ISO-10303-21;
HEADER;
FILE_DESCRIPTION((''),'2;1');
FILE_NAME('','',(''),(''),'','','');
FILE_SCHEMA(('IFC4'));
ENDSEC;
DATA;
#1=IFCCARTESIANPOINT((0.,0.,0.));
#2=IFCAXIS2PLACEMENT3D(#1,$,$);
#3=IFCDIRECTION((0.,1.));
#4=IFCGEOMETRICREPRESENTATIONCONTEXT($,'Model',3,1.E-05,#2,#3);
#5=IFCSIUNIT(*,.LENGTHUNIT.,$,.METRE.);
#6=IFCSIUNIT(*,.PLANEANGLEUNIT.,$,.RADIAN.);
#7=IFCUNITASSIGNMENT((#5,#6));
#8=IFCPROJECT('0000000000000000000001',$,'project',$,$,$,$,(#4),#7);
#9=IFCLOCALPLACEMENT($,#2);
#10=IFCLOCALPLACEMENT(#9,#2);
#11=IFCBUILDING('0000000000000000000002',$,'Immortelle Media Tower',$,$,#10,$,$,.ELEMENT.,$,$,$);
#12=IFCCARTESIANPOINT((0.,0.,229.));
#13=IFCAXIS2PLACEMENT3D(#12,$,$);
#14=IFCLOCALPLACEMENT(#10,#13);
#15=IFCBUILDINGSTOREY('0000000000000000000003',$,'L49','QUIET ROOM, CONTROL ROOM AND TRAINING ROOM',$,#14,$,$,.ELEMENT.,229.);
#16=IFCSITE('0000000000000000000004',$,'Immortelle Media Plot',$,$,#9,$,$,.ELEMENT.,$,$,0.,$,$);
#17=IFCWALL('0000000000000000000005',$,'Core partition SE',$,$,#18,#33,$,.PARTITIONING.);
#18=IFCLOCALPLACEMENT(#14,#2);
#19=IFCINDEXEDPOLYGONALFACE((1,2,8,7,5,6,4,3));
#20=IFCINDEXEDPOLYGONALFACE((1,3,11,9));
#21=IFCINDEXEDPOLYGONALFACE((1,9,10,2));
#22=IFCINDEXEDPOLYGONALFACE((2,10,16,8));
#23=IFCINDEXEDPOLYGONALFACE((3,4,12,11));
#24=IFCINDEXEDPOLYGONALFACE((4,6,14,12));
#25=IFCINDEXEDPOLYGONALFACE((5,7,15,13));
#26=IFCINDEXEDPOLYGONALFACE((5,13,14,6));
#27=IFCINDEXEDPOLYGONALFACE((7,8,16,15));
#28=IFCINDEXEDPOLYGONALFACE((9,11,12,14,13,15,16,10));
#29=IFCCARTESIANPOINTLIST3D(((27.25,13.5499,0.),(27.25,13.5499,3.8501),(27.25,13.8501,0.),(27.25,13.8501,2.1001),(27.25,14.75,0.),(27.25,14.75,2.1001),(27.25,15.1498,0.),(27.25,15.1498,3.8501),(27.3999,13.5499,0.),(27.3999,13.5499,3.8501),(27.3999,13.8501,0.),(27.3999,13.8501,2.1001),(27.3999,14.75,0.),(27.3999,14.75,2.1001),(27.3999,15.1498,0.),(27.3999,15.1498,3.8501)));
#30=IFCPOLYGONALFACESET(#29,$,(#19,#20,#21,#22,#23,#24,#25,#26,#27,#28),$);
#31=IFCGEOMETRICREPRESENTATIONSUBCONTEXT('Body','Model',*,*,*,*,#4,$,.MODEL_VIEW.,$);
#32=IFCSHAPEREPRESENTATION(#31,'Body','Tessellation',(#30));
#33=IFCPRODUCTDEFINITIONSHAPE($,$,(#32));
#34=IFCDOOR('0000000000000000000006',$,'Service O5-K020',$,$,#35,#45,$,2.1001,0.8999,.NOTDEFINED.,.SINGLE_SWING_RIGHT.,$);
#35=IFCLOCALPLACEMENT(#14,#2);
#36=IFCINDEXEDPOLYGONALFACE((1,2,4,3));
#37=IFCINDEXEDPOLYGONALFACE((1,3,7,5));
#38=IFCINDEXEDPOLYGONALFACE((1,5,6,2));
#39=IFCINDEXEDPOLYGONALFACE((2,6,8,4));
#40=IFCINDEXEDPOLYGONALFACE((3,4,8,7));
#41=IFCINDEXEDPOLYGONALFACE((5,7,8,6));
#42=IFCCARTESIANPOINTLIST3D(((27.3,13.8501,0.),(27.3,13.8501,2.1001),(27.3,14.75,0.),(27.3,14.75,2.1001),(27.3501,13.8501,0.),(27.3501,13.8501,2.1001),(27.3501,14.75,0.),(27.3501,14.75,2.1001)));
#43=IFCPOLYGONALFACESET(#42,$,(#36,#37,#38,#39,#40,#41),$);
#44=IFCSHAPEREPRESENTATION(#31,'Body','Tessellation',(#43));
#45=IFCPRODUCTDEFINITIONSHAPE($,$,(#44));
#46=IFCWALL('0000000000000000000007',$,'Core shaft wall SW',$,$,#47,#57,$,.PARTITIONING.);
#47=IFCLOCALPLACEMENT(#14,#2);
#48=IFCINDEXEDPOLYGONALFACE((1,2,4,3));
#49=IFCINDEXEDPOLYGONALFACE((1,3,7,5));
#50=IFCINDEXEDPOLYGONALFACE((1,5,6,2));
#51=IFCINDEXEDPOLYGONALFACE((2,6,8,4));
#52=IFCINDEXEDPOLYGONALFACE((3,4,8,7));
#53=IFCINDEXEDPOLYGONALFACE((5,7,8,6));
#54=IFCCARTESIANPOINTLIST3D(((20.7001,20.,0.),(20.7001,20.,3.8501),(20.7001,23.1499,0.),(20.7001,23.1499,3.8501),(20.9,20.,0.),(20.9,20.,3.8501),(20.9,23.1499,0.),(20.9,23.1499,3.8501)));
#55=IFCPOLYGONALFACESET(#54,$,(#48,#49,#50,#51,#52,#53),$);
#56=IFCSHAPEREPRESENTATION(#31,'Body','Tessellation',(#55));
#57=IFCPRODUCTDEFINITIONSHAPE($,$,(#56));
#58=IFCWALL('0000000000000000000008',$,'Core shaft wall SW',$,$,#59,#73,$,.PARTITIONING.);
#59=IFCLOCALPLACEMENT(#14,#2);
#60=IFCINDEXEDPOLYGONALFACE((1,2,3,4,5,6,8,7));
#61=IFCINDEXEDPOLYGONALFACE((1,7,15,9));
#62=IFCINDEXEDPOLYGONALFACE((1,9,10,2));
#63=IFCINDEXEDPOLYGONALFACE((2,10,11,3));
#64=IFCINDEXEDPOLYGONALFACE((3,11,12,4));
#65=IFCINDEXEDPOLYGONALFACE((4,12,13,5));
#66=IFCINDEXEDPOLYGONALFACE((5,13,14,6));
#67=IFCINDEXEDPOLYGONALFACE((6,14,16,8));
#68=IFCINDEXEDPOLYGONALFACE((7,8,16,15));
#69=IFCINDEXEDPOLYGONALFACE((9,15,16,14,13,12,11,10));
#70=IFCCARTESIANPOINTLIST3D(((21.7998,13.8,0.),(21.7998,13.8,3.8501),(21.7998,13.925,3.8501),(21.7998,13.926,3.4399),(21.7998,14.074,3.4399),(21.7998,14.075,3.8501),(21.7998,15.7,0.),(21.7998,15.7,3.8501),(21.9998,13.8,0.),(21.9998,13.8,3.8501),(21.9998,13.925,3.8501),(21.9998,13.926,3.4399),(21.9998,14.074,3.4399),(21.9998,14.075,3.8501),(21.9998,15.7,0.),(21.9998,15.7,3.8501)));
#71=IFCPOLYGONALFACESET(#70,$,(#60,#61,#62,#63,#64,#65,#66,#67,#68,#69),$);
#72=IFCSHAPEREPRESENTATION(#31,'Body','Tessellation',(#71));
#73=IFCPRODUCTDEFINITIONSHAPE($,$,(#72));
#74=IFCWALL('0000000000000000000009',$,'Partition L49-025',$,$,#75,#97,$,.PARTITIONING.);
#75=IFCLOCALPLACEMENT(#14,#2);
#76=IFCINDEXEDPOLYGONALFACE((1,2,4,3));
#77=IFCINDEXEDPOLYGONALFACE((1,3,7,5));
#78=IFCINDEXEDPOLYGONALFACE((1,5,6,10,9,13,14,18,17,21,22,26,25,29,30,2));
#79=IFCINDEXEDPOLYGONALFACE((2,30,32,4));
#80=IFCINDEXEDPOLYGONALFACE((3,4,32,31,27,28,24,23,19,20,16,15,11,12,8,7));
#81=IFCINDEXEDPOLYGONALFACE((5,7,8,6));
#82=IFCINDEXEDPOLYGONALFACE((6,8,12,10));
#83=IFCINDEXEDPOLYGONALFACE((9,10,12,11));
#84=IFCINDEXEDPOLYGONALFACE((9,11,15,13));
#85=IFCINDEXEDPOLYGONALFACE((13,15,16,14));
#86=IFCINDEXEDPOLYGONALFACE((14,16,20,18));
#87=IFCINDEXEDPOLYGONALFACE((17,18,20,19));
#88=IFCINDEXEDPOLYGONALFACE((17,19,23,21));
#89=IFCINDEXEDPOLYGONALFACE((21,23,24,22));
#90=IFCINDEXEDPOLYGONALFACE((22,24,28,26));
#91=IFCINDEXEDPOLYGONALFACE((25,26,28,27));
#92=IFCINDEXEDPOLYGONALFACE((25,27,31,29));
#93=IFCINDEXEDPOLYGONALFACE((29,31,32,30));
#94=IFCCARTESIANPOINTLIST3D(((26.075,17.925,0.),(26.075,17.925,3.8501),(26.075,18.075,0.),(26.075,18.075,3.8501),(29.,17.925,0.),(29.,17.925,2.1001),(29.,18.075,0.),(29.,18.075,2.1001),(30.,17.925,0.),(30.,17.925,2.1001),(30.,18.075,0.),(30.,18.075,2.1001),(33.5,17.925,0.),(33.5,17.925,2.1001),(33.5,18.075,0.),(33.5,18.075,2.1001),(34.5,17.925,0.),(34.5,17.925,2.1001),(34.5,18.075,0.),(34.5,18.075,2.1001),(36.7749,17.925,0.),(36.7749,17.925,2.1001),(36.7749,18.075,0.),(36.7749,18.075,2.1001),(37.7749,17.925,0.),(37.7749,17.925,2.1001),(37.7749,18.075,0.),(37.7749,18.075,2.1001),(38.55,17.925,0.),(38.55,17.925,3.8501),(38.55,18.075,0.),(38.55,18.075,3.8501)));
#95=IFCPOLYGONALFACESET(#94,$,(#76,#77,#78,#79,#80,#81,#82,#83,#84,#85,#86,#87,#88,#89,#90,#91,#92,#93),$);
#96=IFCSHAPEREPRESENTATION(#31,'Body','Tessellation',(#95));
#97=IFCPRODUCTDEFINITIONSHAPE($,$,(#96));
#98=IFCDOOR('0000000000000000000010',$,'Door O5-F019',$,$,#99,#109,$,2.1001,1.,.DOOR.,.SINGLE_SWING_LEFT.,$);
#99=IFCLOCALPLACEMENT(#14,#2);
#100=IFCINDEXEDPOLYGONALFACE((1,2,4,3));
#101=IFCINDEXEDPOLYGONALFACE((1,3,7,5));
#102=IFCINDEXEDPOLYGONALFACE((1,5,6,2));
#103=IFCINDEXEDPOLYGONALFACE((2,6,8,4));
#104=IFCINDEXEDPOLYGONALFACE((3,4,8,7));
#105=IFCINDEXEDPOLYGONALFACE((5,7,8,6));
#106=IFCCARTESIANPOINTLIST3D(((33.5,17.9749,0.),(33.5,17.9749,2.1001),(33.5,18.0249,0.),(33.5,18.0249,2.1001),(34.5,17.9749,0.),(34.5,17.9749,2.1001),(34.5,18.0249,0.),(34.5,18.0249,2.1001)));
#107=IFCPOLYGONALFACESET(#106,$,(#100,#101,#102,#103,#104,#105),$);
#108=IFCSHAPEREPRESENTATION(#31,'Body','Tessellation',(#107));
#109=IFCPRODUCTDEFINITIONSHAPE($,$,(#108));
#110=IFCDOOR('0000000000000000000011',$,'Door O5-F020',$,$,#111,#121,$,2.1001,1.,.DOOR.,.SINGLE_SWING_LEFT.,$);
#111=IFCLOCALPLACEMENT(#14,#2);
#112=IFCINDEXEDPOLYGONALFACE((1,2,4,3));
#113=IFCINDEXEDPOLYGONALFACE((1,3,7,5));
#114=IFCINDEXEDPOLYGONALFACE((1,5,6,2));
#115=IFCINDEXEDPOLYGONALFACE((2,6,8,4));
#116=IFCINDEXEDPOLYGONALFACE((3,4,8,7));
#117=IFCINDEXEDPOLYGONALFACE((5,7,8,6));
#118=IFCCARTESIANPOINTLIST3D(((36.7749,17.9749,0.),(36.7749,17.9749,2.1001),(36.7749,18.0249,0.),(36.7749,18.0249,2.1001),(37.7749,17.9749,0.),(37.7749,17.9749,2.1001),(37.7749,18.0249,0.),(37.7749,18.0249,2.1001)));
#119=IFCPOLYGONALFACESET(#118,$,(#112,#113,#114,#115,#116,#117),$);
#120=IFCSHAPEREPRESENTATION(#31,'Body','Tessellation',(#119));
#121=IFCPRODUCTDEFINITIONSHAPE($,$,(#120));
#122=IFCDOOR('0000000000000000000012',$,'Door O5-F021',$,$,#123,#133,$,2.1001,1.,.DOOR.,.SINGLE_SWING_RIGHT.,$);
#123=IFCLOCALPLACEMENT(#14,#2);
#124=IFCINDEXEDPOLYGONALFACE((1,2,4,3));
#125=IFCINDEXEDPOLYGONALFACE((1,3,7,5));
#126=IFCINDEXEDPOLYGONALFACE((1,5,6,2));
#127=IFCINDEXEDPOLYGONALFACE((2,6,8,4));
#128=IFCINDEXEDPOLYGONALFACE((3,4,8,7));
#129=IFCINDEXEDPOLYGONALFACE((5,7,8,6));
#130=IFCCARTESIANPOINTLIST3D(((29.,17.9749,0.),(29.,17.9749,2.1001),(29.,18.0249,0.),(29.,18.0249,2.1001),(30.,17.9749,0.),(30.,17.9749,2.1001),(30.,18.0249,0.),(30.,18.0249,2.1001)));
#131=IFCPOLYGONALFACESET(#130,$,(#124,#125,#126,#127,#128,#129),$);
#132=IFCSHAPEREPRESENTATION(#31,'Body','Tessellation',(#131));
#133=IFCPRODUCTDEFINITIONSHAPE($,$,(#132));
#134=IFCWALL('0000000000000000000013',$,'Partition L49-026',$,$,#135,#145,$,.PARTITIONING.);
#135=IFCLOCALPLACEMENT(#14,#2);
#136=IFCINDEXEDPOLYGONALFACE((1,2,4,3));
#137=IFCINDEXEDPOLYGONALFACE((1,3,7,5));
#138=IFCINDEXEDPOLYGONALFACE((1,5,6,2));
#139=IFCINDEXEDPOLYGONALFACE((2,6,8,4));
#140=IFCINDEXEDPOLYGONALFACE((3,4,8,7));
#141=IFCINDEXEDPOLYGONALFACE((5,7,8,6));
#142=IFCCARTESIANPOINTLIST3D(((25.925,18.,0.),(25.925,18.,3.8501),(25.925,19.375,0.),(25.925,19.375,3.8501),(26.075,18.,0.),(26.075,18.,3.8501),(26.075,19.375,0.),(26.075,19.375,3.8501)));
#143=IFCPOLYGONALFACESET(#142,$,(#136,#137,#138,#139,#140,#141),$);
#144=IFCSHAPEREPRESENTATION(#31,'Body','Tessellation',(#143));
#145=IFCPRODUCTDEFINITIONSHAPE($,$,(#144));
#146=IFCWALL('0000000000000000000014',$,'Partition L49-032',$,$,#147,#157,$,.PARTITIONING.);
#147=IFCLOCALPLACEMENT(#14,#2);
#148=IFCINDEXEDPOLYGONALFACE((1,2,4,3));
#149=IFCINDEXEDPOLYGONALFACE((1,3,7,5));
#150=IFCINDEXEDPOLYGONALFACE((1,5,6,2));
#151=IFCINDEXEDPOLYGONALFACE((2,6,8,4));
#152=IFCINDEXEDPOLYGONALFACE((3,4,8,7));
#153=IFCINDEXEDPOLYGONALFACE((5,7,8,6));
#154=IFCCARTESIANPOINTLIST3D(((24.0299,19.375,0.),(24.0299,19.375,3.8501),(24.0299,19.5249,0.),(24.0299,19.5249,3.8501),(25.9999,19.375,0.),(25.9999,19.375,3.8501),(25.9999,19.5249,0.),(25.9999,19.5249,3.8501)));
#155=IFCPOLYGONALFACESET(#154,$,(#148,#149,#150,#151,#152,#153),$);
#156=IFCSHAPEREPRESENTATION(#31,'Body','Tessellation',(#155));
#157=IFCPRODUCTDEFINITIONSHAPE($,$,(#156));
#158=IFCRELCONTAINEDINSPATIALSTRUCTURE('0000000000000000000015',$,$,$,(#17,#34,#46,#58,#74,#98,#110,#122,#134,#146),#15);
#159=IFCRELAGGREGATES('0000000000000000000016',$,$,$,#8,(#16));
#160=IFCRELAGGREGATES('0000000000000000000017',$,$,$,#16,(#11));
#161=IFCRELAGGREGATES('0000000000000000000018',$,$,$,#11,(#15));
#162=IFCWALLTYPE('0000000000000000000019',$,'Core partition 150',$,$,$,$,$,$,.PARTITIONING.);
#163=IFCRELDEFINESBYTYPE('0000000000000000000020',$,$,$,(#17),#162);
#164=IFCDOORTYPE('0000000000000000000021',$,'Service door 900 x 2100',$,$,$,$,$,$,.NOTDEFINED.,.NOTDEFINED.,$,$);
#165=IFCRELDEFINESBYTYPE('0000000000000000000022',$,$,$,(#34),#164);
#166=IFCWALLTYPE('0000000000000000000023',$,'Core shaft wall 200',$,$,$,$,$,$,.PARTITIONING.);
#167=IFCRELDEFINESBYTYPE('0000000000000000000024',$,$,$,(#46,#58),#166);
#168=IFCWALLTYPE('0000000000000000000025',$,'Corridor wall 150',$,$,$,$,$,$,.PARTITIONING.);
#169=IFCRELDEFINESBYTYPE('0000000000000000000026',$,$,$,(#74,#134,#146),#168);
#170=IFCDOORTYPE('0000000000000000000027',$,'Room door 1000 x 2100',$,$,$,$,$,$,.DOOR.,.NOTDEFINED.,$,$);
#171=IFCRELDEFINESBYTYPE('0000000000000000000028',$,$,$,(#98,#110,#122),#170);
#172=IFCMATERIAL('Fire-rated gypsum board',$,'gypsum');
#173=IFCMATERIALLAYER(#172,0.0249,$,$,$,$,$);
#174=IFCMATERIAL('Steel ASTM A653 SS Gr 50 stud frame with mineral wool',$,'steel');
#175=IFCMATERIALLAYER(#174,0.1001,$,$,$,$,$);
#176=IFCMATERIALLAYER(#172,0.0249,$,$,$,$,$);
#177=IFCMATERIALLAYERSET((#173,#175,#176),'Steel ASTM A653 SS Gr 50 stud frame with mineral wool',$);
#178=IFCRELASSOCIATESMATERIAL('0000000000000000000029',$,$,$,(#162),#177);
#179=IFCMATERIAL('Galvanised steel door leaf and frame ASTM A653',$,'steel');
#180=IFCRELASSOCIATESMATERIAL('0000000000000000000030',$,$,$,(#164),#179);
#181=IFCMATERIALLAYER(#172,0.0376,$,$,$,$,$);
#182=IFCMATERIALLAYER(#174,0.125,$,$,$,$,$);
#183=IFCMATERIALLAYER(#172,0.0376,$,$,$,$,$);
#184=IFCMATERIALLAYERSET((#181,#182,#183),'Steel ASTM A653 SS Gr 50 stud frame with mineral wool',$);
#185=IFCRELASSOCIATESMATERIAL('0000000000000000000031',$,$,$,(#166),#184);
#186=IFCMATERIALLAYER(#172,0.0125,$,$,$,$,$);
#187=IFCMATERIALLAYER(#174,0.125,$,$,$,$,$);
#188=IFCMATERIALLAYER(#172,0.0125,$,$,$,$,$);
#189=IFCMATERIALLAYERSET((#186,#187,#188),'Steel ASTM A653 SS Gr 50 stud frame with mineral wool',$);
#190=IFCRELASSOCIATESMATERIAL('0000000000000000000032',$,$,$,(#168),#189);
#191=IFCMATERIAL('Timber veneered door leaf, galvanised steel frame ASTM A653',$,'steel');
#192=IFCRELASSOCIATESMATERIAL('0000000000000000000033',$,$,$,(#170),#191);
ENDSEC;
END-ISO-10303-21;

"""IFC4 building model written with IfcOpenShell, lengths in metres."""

from ifc_helpers import new_model, si_unit, direction, frame, frame_2d, origin, place, context, subcontext, project, spatial, polyline, rectangle, outline, extrude, material, layer, layer_set, type_object, element, fill, save


model = new_model("IFC4")

# Units and contexts
model_context = context("Model", 3, precision=1e-05, world=origin(), true_north=direction((0.0, 1.0)))
body_context = subcontext(model_context, "Body", "Model", "MODEL_VIEW")
ifc_project = project(units=[si_unit("LENGTHUNIT", "METRE"), si_unit("PLANEANGLEUNIT", "RADIAN")], contexts=[model_context])

# Site, building, storey
site_placement = place(None, origin())
site = spatial("IfcSite", under=ifc_project, at=site_placement, Name="Immortelle Media Plot", CompositionType="ELEMENT", RefElevation=0.0)
building_placement = place(site_placement, origin())
building = spatial("IfcBuilding", under=site, at=building_placement, Name="Immortelle Media Tower", CompositionType="ELEMENT")
storey_placement = place(building_placement, frame((0.0, 0.0, 229.0)))
storey = spatial("IfcBuildingStorey", under=building, at=storey_placement, Name="L49", Description="QUIET ROOM, CONTROL ROOM AND TRAINING ROOM", CompositionType="ELEMENT", Elevation=229.0)

# Shared definitions
ifc_material_1 = material(Name="Fire-rated gypsum board", Category="gypsum")
ifc_layer_1 = layer(ifc_material_1, 0.0249)
ifc_material_2 = material(Name="Steel ASTM A653 SS Gr 50 stud frame with mineral wool", Category="steel")
ifc_layer_2 = layer(ifc_material_2, 0.1001)
ifc_layer_3 = layer(ifc_material_1, 0.0249)
ifc_layer_set_1 = layer_set([ifc_layer_1, ifc_layer_2, ifc_layer_3], Name="Steel ASTM A653 SS Gr 50 stud frame with mineral wool")
wall_type_1 = type_object("IfcWallType", Name="Core partition 150", PredefinedType="PARTITIONING", material=ifc_layer_set_1)

# Wall, opening, door
wall_1_placement = place(storey_placement, frame((27.325, 13.55, 0.0), z_axis=(0.0, 0.0, 1.0), x_axis=(0.0, 1.0, 0.0)))
wall_1 = element("IfcWall", 1, at=wall_1_placement, inside=storey, type_object=wall_type_1, Name="Core partition SE", PredefinedType="PARTITIONING", context=body_context, shape_type="SweptSolid", body=[
    extrude(rectangle(XDim=1.5999, YDim=0.1499, at=frame_2d((0.7998, 0.0))), origin(), (0.0, 0.0, 1.0), 3.8501),
])
opening_1_placement = place(wall_1_placement, frame((0.3, 0.0, 0.0)))
opening_1 = element("IfcOpeningElement", 2, at=opening_1_placement, cuts=wall_1, PredefinedType="OPENING", context=body_context, shape_type="SweptSolid", body=[
    extrude(rectangle(XDim=0.8999, YDim=2.1001, at=frame_2d((0.45, 1.05))), frame((0.0, 0.085, 0.0), z_axis=(0.0, -1.0, 0.0), x_axis=(1.0, 0.0, 0.0)), (0.0, 0.0, 1.0), 0.1699),
])
ifc_material_3 = material(Name="Galvanised steel door leaf and frame ASTM A653", Category="steel")
door_type_1 = type_object("IfcDoorType", Name="Service door 900 x 2100", OperationType="NOTDEFINED", PredefinedType="NOTDEFINED", material=ifc_material_3)
door_1_placement = place(opening_1_placement, origin())
door_1 = element("IfcDoor", 3, at=door_1_placement, inside=storey, type_object=door_type_1, Name="Service O5-K020", OperationType="SINGLE_SWING_RIGHT", OverallHeight=2.1001, OverallWidth=0.8999, PredefinedType="NOTDEFINED", context=body_context, shape_type="SweptSolid", body=[
    extrude(rectangle(XDim=0.8999, YDim=2.1001, at=frame_2d((0.45, 1.05))), frame((0.0, 0.0249, 0.0), z_axis=(0.0, -1.0, 0.0), x_axis=(1.0, 0.0, 0.0)), (0.0, 0.0, 1.0), 0.05),
])
fill(opening_1, door_1)

# Walls
ifc_layer_4 = layer(ifc_material_1, 0.0376)
ifc_layer_5 = layer(ifc_material_2, 0.125)
ifc_layer_6 = layer(ifc_material_1, 0.0376)
ifc_layer_set_2 = layer_set([ifc_layer_4, ifc_layer_5, ifc_layer_6], Name="Steel ASTM A653 SS Gr 50 stud frame with mineral wool")
wall_type_2 = type_object("IfcWallType", Name="Core shaft wall 200", PredefinedType="PARTITIONING", material=ifc_layer_set_2)
wall_2_placement = place(storey_placement, frame((20.8, 20.0, 0.0), z_axis=(0.0, 0.0, 1.0), x_axis=(0.0, 1.0, 0.0)))
element("IfcWall", 4, at=wall_2_placement, inside=storey, type_object=wall_type_2, Name="Core shaft wall SW", PredefinedType="PARTITIONING", context=body_context, shape_type="SweptSolid", body=[
    extrude(rectangle(XDim=3.1499, YDim=0.2, at=frame_2d((1.575, 0.0))), origin(), (0.0, 0.0, 1.0), 3.8501),
])
wall_3_placement = place(storey_placement, frame((21.8999, 13.8, 0.0), z_axis=(0.0, 0.0, 1.0), x_axis=(0.0, 1.0, 0.0)))
element("IfcWall", 5, at=wall_3_placement, inside=storey, type_object=wall_type_2, Name="Core shaft wall SW", PredefinedType="PARTITIONING", context=body_context, shape_type="SweptSolid", body=[
    extrude(outline(polyline([(0.0, 0.0), (1.8999, 0.0), (1.8999, 3.8501), (0.2749, 3.8501), (0.2739, 3.4399), (0.126, 3.4399), (0.125, 3.8501), (0.0, 3.8501), (0.0, 0.0)])), frame((0.0, 0.1001, 0.0), z_axis=(0.0, -1.0, 0.0), x_axis=(1.0, 0.0, 0.0)), (0.0, 0.0, 1.0), 0.2),
])

# Wall, openings, doors
ifc_layer_7 = layer(ifc_material_1, 0.0125)
ifc_layer_8 = layer(ifc_material_2, 0.125)
ifc_layer_9 = layer(ifc_material_1, 0.0125)
ifc_layer_set_3 = layer_set([ifc_layer_7, ifc_layer_8, ifc_layer_9], Name="Steel ASTM A653 SS Gr 50 stud frame with mineral wool")
wall_type_3 = type_object("IfcWallType", Name="Corridor wall 150", PredefinedType="PARTITIONING", material=ifc_layer_set_3)
wall_4_placement = place(storey_placement, frame((26.075, 18.0, 0.0), z_axis=(0.0, 0.0, 1.0), x_axis=(1.0, 0.0, 0.0)))
wall_4 = element("IfcWall", 6, at=wall_4_placement, inside=storey, type_object=wall_type_3, Name="Partition L49-025", PredefinedType="PARTITIONING", context=body_context, shape_type="SweptSolid", body=[
    extrude(rectangle(XDim=12.4751, YDim=0.1499, at=frame_2d((6.2375, 0.0))), origin(), (0.0, 0.0, 1.0), 3.8501),
])
opening_2_placement = place(wall_4_placement, frame((7.425, 0.0, 0.0)))
opening_2 = element("IfcOpeningElement", 7, at=opening_2_placement, cuts=wall_4, PredefinedType="OPENING", context=body_context, shape_type="SweptSolid", body=[
    extrude(rectangle(XDim=1.0, YDim=2.1001, at=frame_2d((0.5, 1.05))), frame((0.0, 0.085, 0.0), z_axis=(0.0, -1.0, 0.0), x_axis=(1.0, 0.0, 0.0)), (0.0, 0.0, 1.0), 0.1699),
])
opening_3_placement = place(wall_4_placement, frame((10.7, 0.0, 0.0)))
opening_3 = element("IfcOpeningElement", 8, at=opening_3_placement, cuts=wall_4, PredefinedType="OPENING", context=body_context, shape_type="SweptSolid", body=[
    extrude(rectangle(XDim=1.0, YDim=2.1001, at=frame_2d((0.5, 1.05))), frame((0.0, 0.085, 0.0), z_axis=(0.0, -1.0, 0.0), x_axis=(1.0, 0.0, 0.0)), (0.0, 0.0, 1.0), 0.1699),
])
opening_4_placement = place(wall_4_placement, frame((2.925, 0.0, 0.0)))
opening_4 = element("IfcOpeningElement", 9, at=opening_4_placement, cuts=wall_4, PredefinedType="OPENING", context=body_context, shape_type="SweptSolid", body=[
    extrude(rectangle(XDim=1.0, YDim=2.1001, at=frame_2d((0.5, 1.05))), frame((0.0, 0.085, 0.0), z_axis=(0.0, -1.0, 0.0), x_axis=(1.0, 0.0, 0.0)), (0.0, 0.0, 1.0), 0.1699),
])
ifc_material_4 = material(Name="Timber veneered door leaf, galvanised steel frame ASTM A653", Category="steel")
door_type_2 = type_object("IfcDoorType", Name="Room door 1000 x 2100", OperationType="NOTDEFINED", PredefinedType="DOOR", material=ifc_material_4)
door_2_placement = place(opening_2_placement, origin())
door_2 = element("IfcDoor", 10, at=door_2_placement, inside=storey, type_object=door_type_2, Name="Door O5-F019", OperationType="SINGLE_SWING_LEFT", OverallHeight=2.1001, OverallWidth=1.0, PredefinedType="DOOR", context=body_context, shape_type="SweptSolid", body=[
    extrude(rectangle(XDim=1.0, YDim=2.1001, at=frame_2d((0.5, 1.05))), frame((0.0, 0.0249, 0.0), z_axis=(0.0, -1.0, 0.0), x_axis=(1.0, 0.0, 0.0)), (0.0, 0.0, 1.0), 0.05),
])
fill(opening_2, door_2)
door_3_placement = place(opening_3_placement, origin())
door_3 = element("IfcDoor", 11, at=door_3_placement, inside=storey, type_object=door_type_2, Name="Door O5-F020", OperationType="SINGLE_SWING_LEFT", OverallHeight=2.1001, OverallWidth=1.0, PredefinedType="DOOR", context=body_context, shape_type="SweptSolid", body=[
    extrude(rectangle(XDim=1.0, YDim=2.1001, at=frame_2d((0.5, 1.05))), frame((0.0, 0.0249, 0.0), z_axis=(0.0, -1.0, 0.0), x_axis=(1.0, 0.0, 0.0)), (0.0, 0.0, 1.0), 0.05),
])
fill(opening_3, door_3)
door_4_placement = place(opening_4_placement, origin())
door_4 = element("IfcDoor", 12, at=door_4_placement, inside=storey, type_object=door_type_2, Name="Door O5-F021", OperationType="SINGLE_SWING_RIGHT", OverallHeight=2.1001, OverallWidth=1.0, PredefinedType="DOOR", context=body_context, shape_type="SweptSolid", body=[
    extrude(rectangle(XDim=1.0, YDim=2.1001, at=frame_2d((0.5, 1.05))), frame((0.0, 0.0249, 0.0), z_axis=(0.0, -1.0, 0.0), x_axis=(1.0, 0.0, 0.0)), (0.0, 0.0, 1.0), 0.05),
])
fill(opening_4, door_4)

# Walls
wall_5_placement = place(storey_placement, frame((26.0, 18.0, 0.0), z_axis=(0.0, 0.0, 1.0), x_axis=(0.0, 1.0, 0.0)))
element("IfcWall", 13, at=wall_5_placement, inside=storey, type_object=wall_type_3, Name="Partition L49-026", PredefinedType="PARTITIONING", context=body_context, shape_type="SweptSolid", body=[
    extrude(rectangle(XDim=1.375, YDim=0.1499, at=frame_2d((0.6875, 0.0))), origin(), (0.0, 0.0, 1.0), 3.8501),
])
wall_6_placement = place(storey_placement, frame((24.03, 19.45, 0.0), z_axis=(0.0, 0.0, 1.0), x_axis=(1.0, 0.0, 0.0)))
element("IfcWall", 14, at=wall_6_placement, inside=storey, type_object=wall_type_3, Name="Partition L49-032", PredefinedType="PARTITIONING", context=body_context, shape_type="SweptSolid", body=[
    extrude(rectangle(XDim=1.97, YDim=0.1499, at=frame_2d((0.9849, 0.0))), origin(), (0.0, 0.0, 1.0), 3.8501),
])

save(model, "model.ifc")
